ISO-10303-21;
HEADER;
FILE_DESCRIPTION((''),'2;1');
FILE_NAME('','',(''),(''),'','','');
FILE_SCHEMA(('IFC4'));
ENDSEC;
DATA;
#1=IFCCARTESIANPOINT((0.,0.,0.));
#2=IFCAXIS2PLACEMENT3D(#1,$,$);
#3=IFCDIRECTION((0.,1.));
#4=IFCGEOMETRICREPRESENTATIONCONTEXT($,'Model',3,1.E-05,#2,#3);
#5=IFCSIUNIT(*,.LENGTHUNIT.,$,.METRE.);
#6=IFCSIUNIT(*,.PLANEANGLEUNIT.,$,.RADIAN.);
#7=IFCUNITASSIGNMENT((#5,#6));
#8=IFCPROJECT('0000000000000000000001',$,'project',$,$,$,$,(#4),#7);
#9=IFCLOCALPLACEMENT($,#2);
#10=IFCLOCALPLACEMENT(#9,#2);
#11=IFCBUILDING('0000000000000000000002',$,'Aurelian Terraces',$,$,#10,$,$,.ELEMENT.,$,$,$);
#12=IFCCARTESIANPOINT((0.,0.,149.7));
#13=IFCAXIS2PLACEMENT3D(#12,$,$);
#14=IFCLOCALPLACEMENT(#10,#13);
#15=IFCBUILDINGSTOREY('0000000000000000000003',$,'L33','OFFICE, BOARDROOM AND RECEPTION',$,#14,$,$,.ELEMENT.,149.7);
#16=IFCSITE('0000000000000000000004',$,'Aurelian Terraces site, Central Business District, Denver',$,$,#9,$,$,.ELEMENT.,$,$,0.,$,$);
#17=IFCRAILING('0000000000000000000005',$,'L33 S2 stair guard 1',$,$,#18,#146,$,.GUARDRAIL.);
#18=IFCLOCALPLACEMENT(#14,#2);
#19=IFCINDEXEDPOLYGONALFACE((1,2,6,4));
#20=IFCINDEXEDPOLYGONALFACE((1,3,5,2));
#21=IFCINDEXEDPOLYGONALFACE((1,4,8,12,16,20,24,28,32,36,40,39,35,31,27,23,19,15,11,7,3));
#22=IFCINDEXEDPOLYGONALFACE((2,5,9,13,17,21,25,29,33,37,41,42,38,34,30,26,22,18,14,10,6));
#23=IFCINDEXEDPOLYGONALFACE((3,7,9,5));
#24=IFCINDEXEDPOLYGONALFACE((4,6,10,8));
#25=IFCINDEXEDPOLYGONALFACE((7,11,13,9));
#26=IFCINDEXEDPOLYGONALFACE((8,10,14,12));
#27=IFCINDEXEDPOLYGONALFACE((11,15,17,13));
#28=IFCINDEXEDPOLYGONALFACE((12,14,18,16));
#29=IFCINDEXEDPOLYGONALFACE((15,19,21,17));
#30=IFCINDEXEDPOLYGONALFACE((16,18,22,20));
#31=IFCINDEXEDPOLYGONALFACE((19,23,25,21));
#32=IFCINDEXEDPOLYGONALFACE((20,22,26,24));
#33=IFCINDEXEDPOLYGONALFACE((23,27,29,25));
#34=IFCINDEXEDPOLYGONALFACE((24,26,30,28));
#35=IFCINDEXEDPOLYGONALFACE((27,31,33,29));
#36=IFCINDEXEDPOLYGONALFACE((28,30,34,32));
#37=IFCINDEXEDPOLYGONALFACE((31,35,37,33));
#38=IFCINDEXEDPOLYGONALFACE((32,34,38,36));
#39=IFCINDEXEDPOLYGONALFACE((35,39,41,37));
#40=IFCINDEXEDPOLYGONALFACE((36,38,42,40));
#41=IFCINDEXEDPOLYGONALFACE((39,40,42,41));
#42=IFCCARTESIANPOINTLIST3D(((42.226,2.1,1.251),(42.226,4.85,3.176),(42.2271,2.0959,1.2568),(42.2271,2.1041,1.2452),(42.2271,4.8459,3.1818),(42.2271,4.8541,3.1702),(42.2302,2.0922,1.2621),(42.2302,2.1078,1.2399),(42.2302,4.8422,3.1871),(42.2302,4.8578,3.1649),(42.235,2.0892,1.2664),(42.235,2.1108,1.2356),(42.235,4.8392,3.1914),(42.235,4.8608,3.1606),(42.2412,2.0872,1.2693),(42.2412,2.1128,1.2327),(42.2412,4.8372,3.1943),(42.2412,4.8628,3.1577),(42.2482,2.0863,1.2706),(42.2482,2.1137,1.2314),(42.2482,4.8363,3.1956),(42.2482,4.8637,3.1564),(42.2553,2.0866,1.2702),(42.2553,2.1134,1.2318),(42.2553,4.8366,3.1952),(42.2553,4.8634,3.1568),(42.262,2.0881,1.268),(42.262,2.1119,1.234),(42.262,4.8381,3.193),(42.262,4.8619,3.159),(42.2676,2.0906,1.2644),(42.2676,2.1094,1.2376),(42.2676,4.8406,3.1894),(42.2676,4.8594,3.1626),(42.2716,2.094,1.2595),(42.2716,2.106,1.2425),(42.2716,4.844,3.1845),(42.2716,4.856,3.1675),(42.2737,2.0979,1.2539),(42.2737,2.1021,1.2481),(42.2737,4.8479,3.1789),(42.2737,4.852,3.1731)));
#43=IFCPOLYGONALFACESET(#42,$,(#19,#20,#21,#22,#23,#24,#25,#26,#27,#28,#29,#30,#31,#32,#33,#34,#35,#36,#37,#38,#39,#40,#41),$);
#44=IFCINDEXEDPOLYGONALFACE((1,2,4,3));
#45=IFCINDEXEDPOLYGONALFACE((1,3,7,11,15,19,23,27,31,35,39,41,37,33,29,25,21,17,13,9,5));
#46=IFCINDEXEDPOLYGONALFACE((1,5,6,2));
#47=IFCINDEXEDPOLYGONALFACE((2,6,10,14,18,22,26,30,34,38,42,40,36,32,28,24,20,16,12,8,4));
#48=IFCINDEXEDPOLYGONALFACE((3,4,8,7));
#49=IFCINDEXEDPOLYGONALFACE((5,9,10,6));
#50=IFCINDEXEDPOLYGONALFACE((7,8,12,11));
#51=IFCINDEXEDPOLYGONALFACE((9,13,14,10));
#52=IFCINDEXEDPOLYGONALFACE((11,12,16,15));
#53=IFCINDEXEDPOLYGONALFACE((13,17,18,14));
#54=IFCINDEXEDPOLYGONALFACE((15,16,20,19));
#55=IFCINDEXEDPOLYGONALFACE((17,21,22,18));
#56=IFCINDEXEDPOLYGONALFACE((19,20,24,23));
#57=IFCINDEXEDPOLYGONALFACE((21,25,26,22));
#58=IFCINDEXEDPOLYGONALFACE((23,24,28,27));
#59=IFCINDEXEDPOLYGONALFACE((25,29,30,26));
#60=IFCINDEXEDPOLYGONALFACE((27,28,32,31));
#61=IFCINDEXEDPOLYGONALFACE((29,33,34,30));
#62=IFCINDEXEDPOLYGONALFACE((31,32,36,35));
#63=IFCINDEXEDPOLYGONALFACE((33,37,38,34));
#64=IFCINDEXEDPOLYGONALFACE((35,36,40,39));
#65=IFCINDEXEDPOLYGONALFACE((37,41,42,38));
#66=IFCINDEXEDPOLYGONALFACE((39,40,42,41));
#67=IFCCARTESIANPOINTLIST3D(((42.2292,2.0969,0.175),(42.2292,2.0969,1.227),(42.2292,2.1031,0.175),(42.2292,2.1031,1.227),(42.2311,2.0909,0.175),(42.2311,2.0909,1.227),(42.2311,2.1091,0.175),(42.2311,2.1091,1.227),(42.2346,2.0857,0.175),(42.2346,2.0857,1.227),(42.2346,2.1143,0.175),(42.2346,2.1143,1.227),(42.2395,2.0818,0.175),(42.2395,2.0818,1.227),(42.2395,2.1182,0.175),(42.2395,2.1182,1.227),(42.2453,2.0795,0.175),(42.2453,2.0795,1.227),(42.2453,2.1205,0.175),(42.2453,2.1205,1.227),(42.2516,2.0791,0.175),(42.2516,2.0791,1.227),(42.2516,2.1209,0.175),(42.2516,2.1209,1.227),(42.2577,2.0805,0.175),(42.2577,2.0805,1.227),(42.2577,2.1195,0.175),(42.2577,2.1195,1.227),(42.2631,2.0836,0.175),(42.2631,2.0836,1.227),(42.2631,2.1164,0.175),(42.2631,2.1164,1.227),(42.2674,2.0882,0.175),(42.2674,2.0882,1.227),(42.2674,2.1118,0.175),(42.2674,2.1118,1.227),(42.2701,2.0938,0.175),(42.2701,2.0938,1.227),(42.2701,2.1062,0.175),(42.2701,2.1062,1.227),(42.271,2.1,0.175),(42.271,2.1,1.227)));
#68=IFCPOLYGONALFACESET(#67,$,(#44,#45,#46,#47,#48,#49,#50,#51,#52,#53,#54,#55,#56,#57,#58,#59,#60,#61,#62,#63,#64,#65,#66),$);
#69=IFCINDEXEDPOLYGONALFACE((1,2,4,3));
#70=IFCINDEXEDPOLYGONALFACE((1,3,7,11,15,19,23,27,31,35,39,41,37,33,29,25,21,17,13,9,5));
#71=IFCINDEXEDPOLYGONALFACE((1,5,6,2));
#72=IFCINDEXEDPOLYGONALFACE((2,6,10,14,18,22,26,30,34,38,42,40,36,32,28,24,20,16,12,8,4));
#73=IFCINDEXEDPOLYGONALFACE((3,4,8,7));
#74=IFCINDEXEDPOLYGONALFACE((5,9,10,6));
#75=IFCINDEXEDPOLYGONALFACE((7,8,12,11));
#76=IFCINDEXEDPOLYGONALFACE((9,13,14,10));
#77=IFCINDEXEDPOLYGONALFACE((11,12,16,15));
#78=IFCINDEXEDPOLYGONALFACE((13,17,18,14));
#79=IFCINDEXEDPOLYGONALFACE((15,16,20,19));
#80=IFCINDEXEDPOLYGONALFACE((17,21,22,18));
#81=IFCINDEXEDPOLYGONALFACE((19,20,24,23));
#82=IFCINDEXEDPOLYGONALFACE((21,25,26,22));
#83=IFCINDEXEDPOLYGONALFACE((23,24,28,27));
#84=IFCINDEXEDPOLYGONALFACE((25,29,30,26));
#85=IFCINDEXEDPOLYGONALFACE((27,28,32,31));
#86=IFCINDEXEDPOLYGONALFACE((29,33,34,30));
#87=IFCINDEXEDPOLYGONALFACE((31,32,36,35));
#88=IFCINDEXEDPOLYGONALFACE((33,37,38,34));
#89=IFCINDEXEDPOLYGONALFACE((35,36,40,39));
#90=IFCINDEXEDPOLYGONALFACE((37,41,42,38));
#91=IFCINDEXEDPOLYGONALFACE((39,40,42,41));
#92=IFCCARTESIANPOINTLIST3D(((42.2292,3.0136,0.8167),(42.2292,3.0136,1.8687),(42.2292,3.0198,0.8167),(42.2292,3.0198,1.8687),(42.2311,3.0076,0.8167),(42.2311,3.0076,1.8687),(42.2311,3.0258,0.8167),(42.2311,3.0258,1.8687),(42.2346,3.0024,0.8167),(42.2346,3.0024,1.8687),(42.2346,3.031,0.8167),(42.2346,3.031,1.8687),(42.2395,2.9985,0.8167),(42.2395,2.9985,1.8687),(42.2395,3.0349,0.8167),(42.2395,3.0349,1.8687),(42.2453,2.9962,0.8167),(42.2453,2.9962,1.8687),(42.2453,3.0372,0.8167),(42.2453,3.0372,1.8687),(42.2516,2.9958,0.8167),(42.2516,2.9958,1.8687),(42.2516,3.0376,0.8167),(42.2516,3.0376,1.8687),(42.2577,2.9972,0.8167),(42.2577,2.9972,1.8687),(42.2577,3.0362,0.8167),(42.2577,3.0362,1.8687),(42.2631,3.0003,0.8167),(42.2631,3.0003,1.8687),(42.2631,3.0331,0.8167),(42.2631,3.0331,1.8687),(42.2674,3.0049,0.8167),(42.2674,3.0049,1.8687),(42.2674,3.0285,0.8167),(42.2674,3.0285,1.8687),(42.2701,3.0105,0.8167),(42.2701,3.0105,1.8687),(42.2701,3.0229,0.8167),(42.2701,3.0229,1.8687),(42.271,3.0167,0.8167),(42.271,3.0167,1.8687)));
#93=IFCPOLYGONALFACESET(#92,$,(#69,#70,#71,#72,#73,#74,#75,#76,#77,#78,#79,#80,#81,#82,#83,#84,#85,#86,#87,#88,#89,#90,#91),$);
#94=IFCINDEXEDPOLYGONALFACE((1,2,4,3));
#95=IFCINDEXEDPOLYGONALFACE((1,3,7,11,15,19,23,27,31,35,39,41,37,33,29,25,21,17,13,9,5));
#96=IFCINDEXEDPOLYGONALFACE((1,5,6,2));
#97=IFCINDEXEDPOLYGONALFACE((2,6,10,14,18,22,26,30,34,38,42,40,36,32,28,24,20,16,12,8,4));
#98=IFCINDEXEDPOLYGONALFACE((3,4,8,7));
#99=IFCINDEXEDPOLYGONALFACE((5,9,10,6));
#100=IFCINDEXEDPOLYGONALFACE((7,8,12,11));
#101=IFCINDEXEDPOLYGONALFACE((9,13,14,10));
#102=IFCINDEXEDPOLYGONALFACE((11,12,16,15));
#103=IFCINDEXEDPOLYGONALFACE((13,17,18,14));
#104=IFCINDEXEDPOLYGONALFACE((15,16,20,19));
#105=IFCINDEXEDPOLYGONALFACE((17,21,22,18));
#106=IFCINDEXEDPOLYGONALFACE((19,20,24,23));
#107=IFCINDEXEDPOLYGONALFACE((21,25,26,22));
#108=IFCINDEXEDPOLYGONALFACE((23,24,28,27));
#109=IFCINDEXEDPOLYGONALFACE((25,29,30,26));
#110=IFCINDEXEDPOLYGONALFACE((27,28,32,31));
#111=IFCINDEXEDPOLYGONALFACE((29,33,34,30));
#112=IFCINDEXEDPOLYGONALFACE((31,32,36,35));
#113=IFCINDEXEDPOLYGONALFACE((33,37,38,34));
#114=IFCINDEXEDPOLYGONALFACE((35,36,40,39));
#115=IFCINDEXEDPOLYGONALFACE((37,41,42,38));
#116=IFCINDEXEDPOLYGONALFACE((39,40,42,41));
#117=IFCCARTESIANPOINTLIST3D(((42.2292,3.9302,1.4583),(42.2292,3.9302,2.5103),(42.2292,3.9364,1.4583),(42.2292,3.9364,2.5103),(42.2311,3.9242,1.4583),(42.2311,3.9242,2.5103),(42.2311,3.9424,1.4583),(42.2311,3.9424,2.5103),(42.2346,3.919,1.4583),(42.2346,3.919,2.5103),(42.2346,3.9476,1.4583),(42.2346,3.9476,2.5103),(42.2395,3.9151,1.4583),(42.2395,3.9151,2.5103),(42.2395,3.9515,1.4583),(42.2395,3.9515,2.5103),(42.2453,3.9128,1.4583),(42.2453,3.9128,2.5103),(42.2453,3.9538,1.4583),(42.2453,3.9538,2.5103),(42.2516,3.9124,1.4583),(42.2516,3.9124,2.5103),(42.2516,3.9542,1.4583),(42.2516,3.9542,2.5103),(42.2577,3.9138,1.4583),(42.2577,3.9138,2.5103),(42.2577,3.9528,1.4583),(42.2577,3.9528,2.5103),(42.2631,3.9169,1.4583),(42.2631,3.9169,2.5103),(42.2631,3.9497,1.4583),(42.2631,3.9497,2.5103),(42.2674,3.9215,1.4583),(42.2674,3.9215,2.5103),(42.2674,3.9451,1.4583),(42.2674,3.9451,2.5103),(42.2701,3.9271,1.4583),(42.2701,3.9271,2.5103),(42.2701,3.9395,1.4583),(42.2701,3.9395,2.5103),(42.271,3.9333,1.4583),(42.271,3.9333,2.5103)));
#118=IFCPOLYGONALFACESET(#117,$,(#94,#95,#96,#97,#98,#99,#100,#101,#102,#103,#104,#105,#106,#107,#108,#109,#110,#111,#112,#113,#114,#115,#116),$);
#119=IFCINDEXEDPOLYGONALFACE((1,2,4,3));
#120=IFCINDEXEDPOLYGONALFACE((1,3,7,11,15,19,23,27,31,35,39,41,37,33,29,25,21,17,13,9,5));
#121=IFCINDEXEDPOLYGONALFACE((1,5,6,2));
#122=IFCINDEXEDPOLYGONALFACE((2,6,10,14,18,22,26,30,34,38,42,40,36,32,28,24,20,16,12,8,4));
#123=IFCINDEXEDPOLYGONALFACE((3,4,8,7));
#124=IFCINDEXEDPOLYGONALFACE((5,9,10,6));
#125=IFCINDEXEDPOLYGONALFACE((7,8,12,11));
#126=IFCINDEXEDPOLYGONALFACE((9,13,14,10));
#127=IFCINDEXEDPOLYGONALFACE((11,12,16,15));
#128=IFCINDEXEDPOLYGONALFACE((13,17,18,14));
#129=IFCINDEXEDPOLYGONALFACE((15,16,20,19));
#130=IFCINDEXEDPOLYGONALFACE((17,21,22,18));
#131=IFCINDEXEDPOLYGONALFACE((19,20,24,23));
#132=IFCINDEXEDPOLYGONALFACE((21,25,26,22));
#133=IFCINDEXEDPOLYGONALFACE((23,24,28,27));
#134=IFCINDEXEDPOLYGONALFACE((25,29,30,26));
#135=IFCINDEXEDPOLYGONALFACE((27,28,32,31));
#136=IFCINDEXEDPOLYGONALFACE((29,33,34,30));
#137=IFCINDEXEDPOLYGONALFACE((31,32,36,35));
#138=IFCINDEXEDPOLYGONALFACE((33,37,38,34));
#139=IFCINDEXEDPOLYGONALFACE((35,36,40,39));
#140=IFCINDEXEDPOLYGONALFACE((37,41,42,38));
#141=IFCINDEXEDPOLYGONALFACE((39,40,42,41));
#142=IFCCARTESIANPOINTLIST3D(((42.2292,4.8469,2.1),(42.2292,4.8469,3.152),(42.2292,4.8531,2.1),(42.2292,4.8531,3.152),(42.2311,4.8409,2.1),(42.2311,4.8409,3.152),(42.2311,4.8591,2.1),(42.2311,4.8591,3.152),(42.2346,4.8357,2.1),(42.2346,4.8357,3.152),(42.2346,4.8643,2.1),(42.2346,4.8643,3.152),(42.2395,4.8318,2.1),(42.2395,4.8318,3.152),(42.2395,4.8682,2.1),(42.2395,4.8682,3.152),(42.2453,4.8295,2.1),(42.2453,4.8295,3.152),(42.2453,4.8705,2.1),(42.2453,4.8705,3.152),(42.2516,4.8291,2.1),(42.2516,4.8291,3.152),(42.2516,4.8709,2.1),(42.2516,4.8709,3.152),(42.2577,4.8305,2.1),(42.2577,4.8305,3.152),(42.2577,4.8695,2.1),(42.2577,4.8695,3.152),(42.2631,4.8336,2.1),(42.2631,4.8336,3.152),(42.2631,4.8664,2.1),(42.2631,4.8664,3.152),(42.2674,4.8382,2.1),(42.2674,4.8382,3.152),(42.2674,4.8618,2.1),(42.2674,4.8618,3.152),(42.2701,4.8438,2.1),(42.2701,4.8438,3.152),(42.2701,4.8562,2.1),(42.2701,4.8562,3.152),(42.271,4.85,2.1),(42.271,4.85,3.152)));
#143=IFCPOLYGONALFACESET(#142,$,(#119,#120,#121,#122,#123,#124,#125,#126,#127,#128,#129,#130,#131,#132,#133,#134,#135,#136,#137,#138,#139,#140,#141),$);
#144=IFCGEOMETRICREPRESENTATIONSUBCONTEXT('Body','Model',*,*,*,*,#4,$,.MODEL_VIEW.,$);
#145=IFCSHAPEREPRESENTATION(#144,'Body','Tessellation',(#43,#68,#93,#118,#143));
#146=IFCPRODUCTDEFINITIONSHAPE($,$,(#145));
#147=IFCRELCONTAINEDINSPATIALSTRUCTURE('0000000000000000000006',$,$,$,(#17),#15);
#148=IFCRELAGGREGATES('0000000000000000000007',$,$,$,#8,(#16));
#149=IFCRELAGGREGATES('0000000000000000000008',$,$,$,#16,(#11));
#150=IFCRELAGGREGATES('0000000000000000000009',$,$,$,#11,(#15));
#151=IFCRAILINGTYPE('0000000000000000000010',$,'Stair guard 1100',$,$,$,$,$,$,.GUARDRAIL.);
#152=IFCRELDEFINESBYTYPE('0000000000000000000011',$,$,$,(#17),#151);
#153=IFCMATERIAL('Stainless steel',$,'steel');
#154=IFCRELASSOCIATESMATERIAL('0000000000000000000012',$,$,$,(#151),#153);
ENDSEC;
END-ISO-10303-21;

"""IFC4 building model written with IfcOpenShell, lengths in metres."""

from ifc_helpers import new_model, si_unit, direction, frame, origin, origin_2d, place, context, subcontext, project, spatial, circle, extrude, source, transform, mapped, material, type_object, element, save


model = new_model("IFC4")

# Units and contexts
model_context = context("Model", 3, precision=1e-05, world=origin(), true_north=direction((0.0, 1.0)))
body_context = subcontext(model_context, "Body", "Model", "MODEL_VIEW")
ifc_project = project(units=[si_unit("LENGTHUNIT", "METRE"), si_unit("PLANEANGLEUNIT", "RADIAN")], contexts=[model_context])

# Site, building, storey
site_placement = place(None, origin())
site = spatial("IfcSite", under=ifc_project, at=site_placement, Name="Aurelian Terraces site, Central Business District, Denver", CompositionType="ELEMENT", RefElevation=0.0)
building_placement = place(site_placement, origin())
building = spatial("IfcBuilding", under=site, at=building_placement, Name="Aurelian Terraces", CompositionType="ELEMENT")
storey_placement = place(building_placement, frame((0.0, 0.0, 149.7)))
storey = spatial("IfcBuildingStorey", under=building, at=storey_placement, Name="L33", Description="OFFICE, BOARDROOM AND RECEPTION", CompositionType="ELEMENT", Elevation=149.7)

# Railing
ifc_material_1 = material(Name="Stainless steel", Category="steel")
railing_type_1 = type_object("IfcRailingType", Name="Stair guard 1100", PredefinedType="GUARDRAIL", material=ifc_material_1)
shared_shape_1 = source(origin(), body_context, "Body", "SweptSolid", [
    extrude(circle(Radius=0.024, at=origin_2d()), frame((0.0, 0.0, 1.076), z_axis=(0.0, 0.819232, 0.573462), x_axis=(-1.0, 0.0, 0.0)), (0.0, 0.0, 1.0), 3.3568),
    extrude(circle(Radius=0.021, at=origin_2d()), origin(), (0.0, 0.0, 1.0), 1.052),
    extrude(circle(Radius=0.021, at=origin_2d()), frame((0.0, 0.9167, 0.6417)), (0.0, 0.0, 1.0), 1.052),
    extrude(circle(Radius=0.021, at=origin_2d()), frame((0.0, 1.8333, 1.2833)), (0.0, 0.0, 1.0), 1.052),
    extrude(circle(Radius=0.021, at=origin_2d()), frame((0.0, 2.75, 1.925)), (0.0, 0.0, 1.0), 1.052),
])
railing_1_placement = place(storey_placement, frame((42.25, 2.1, 0.175)))
element("IfcRailing", 1, at=railing_1_placement, inside=storey, type_object=railing_type_1, Name="L33 S2 stair guard 1", PredefinedType="GUARDRAIL", context=body_context, shape_type="MappedRepresentation", body=[
    mapped(shared_shape_1, transform((0.0, 0.0, 0.0), scale=1.0)),
])

save(model, "model.ifc")
